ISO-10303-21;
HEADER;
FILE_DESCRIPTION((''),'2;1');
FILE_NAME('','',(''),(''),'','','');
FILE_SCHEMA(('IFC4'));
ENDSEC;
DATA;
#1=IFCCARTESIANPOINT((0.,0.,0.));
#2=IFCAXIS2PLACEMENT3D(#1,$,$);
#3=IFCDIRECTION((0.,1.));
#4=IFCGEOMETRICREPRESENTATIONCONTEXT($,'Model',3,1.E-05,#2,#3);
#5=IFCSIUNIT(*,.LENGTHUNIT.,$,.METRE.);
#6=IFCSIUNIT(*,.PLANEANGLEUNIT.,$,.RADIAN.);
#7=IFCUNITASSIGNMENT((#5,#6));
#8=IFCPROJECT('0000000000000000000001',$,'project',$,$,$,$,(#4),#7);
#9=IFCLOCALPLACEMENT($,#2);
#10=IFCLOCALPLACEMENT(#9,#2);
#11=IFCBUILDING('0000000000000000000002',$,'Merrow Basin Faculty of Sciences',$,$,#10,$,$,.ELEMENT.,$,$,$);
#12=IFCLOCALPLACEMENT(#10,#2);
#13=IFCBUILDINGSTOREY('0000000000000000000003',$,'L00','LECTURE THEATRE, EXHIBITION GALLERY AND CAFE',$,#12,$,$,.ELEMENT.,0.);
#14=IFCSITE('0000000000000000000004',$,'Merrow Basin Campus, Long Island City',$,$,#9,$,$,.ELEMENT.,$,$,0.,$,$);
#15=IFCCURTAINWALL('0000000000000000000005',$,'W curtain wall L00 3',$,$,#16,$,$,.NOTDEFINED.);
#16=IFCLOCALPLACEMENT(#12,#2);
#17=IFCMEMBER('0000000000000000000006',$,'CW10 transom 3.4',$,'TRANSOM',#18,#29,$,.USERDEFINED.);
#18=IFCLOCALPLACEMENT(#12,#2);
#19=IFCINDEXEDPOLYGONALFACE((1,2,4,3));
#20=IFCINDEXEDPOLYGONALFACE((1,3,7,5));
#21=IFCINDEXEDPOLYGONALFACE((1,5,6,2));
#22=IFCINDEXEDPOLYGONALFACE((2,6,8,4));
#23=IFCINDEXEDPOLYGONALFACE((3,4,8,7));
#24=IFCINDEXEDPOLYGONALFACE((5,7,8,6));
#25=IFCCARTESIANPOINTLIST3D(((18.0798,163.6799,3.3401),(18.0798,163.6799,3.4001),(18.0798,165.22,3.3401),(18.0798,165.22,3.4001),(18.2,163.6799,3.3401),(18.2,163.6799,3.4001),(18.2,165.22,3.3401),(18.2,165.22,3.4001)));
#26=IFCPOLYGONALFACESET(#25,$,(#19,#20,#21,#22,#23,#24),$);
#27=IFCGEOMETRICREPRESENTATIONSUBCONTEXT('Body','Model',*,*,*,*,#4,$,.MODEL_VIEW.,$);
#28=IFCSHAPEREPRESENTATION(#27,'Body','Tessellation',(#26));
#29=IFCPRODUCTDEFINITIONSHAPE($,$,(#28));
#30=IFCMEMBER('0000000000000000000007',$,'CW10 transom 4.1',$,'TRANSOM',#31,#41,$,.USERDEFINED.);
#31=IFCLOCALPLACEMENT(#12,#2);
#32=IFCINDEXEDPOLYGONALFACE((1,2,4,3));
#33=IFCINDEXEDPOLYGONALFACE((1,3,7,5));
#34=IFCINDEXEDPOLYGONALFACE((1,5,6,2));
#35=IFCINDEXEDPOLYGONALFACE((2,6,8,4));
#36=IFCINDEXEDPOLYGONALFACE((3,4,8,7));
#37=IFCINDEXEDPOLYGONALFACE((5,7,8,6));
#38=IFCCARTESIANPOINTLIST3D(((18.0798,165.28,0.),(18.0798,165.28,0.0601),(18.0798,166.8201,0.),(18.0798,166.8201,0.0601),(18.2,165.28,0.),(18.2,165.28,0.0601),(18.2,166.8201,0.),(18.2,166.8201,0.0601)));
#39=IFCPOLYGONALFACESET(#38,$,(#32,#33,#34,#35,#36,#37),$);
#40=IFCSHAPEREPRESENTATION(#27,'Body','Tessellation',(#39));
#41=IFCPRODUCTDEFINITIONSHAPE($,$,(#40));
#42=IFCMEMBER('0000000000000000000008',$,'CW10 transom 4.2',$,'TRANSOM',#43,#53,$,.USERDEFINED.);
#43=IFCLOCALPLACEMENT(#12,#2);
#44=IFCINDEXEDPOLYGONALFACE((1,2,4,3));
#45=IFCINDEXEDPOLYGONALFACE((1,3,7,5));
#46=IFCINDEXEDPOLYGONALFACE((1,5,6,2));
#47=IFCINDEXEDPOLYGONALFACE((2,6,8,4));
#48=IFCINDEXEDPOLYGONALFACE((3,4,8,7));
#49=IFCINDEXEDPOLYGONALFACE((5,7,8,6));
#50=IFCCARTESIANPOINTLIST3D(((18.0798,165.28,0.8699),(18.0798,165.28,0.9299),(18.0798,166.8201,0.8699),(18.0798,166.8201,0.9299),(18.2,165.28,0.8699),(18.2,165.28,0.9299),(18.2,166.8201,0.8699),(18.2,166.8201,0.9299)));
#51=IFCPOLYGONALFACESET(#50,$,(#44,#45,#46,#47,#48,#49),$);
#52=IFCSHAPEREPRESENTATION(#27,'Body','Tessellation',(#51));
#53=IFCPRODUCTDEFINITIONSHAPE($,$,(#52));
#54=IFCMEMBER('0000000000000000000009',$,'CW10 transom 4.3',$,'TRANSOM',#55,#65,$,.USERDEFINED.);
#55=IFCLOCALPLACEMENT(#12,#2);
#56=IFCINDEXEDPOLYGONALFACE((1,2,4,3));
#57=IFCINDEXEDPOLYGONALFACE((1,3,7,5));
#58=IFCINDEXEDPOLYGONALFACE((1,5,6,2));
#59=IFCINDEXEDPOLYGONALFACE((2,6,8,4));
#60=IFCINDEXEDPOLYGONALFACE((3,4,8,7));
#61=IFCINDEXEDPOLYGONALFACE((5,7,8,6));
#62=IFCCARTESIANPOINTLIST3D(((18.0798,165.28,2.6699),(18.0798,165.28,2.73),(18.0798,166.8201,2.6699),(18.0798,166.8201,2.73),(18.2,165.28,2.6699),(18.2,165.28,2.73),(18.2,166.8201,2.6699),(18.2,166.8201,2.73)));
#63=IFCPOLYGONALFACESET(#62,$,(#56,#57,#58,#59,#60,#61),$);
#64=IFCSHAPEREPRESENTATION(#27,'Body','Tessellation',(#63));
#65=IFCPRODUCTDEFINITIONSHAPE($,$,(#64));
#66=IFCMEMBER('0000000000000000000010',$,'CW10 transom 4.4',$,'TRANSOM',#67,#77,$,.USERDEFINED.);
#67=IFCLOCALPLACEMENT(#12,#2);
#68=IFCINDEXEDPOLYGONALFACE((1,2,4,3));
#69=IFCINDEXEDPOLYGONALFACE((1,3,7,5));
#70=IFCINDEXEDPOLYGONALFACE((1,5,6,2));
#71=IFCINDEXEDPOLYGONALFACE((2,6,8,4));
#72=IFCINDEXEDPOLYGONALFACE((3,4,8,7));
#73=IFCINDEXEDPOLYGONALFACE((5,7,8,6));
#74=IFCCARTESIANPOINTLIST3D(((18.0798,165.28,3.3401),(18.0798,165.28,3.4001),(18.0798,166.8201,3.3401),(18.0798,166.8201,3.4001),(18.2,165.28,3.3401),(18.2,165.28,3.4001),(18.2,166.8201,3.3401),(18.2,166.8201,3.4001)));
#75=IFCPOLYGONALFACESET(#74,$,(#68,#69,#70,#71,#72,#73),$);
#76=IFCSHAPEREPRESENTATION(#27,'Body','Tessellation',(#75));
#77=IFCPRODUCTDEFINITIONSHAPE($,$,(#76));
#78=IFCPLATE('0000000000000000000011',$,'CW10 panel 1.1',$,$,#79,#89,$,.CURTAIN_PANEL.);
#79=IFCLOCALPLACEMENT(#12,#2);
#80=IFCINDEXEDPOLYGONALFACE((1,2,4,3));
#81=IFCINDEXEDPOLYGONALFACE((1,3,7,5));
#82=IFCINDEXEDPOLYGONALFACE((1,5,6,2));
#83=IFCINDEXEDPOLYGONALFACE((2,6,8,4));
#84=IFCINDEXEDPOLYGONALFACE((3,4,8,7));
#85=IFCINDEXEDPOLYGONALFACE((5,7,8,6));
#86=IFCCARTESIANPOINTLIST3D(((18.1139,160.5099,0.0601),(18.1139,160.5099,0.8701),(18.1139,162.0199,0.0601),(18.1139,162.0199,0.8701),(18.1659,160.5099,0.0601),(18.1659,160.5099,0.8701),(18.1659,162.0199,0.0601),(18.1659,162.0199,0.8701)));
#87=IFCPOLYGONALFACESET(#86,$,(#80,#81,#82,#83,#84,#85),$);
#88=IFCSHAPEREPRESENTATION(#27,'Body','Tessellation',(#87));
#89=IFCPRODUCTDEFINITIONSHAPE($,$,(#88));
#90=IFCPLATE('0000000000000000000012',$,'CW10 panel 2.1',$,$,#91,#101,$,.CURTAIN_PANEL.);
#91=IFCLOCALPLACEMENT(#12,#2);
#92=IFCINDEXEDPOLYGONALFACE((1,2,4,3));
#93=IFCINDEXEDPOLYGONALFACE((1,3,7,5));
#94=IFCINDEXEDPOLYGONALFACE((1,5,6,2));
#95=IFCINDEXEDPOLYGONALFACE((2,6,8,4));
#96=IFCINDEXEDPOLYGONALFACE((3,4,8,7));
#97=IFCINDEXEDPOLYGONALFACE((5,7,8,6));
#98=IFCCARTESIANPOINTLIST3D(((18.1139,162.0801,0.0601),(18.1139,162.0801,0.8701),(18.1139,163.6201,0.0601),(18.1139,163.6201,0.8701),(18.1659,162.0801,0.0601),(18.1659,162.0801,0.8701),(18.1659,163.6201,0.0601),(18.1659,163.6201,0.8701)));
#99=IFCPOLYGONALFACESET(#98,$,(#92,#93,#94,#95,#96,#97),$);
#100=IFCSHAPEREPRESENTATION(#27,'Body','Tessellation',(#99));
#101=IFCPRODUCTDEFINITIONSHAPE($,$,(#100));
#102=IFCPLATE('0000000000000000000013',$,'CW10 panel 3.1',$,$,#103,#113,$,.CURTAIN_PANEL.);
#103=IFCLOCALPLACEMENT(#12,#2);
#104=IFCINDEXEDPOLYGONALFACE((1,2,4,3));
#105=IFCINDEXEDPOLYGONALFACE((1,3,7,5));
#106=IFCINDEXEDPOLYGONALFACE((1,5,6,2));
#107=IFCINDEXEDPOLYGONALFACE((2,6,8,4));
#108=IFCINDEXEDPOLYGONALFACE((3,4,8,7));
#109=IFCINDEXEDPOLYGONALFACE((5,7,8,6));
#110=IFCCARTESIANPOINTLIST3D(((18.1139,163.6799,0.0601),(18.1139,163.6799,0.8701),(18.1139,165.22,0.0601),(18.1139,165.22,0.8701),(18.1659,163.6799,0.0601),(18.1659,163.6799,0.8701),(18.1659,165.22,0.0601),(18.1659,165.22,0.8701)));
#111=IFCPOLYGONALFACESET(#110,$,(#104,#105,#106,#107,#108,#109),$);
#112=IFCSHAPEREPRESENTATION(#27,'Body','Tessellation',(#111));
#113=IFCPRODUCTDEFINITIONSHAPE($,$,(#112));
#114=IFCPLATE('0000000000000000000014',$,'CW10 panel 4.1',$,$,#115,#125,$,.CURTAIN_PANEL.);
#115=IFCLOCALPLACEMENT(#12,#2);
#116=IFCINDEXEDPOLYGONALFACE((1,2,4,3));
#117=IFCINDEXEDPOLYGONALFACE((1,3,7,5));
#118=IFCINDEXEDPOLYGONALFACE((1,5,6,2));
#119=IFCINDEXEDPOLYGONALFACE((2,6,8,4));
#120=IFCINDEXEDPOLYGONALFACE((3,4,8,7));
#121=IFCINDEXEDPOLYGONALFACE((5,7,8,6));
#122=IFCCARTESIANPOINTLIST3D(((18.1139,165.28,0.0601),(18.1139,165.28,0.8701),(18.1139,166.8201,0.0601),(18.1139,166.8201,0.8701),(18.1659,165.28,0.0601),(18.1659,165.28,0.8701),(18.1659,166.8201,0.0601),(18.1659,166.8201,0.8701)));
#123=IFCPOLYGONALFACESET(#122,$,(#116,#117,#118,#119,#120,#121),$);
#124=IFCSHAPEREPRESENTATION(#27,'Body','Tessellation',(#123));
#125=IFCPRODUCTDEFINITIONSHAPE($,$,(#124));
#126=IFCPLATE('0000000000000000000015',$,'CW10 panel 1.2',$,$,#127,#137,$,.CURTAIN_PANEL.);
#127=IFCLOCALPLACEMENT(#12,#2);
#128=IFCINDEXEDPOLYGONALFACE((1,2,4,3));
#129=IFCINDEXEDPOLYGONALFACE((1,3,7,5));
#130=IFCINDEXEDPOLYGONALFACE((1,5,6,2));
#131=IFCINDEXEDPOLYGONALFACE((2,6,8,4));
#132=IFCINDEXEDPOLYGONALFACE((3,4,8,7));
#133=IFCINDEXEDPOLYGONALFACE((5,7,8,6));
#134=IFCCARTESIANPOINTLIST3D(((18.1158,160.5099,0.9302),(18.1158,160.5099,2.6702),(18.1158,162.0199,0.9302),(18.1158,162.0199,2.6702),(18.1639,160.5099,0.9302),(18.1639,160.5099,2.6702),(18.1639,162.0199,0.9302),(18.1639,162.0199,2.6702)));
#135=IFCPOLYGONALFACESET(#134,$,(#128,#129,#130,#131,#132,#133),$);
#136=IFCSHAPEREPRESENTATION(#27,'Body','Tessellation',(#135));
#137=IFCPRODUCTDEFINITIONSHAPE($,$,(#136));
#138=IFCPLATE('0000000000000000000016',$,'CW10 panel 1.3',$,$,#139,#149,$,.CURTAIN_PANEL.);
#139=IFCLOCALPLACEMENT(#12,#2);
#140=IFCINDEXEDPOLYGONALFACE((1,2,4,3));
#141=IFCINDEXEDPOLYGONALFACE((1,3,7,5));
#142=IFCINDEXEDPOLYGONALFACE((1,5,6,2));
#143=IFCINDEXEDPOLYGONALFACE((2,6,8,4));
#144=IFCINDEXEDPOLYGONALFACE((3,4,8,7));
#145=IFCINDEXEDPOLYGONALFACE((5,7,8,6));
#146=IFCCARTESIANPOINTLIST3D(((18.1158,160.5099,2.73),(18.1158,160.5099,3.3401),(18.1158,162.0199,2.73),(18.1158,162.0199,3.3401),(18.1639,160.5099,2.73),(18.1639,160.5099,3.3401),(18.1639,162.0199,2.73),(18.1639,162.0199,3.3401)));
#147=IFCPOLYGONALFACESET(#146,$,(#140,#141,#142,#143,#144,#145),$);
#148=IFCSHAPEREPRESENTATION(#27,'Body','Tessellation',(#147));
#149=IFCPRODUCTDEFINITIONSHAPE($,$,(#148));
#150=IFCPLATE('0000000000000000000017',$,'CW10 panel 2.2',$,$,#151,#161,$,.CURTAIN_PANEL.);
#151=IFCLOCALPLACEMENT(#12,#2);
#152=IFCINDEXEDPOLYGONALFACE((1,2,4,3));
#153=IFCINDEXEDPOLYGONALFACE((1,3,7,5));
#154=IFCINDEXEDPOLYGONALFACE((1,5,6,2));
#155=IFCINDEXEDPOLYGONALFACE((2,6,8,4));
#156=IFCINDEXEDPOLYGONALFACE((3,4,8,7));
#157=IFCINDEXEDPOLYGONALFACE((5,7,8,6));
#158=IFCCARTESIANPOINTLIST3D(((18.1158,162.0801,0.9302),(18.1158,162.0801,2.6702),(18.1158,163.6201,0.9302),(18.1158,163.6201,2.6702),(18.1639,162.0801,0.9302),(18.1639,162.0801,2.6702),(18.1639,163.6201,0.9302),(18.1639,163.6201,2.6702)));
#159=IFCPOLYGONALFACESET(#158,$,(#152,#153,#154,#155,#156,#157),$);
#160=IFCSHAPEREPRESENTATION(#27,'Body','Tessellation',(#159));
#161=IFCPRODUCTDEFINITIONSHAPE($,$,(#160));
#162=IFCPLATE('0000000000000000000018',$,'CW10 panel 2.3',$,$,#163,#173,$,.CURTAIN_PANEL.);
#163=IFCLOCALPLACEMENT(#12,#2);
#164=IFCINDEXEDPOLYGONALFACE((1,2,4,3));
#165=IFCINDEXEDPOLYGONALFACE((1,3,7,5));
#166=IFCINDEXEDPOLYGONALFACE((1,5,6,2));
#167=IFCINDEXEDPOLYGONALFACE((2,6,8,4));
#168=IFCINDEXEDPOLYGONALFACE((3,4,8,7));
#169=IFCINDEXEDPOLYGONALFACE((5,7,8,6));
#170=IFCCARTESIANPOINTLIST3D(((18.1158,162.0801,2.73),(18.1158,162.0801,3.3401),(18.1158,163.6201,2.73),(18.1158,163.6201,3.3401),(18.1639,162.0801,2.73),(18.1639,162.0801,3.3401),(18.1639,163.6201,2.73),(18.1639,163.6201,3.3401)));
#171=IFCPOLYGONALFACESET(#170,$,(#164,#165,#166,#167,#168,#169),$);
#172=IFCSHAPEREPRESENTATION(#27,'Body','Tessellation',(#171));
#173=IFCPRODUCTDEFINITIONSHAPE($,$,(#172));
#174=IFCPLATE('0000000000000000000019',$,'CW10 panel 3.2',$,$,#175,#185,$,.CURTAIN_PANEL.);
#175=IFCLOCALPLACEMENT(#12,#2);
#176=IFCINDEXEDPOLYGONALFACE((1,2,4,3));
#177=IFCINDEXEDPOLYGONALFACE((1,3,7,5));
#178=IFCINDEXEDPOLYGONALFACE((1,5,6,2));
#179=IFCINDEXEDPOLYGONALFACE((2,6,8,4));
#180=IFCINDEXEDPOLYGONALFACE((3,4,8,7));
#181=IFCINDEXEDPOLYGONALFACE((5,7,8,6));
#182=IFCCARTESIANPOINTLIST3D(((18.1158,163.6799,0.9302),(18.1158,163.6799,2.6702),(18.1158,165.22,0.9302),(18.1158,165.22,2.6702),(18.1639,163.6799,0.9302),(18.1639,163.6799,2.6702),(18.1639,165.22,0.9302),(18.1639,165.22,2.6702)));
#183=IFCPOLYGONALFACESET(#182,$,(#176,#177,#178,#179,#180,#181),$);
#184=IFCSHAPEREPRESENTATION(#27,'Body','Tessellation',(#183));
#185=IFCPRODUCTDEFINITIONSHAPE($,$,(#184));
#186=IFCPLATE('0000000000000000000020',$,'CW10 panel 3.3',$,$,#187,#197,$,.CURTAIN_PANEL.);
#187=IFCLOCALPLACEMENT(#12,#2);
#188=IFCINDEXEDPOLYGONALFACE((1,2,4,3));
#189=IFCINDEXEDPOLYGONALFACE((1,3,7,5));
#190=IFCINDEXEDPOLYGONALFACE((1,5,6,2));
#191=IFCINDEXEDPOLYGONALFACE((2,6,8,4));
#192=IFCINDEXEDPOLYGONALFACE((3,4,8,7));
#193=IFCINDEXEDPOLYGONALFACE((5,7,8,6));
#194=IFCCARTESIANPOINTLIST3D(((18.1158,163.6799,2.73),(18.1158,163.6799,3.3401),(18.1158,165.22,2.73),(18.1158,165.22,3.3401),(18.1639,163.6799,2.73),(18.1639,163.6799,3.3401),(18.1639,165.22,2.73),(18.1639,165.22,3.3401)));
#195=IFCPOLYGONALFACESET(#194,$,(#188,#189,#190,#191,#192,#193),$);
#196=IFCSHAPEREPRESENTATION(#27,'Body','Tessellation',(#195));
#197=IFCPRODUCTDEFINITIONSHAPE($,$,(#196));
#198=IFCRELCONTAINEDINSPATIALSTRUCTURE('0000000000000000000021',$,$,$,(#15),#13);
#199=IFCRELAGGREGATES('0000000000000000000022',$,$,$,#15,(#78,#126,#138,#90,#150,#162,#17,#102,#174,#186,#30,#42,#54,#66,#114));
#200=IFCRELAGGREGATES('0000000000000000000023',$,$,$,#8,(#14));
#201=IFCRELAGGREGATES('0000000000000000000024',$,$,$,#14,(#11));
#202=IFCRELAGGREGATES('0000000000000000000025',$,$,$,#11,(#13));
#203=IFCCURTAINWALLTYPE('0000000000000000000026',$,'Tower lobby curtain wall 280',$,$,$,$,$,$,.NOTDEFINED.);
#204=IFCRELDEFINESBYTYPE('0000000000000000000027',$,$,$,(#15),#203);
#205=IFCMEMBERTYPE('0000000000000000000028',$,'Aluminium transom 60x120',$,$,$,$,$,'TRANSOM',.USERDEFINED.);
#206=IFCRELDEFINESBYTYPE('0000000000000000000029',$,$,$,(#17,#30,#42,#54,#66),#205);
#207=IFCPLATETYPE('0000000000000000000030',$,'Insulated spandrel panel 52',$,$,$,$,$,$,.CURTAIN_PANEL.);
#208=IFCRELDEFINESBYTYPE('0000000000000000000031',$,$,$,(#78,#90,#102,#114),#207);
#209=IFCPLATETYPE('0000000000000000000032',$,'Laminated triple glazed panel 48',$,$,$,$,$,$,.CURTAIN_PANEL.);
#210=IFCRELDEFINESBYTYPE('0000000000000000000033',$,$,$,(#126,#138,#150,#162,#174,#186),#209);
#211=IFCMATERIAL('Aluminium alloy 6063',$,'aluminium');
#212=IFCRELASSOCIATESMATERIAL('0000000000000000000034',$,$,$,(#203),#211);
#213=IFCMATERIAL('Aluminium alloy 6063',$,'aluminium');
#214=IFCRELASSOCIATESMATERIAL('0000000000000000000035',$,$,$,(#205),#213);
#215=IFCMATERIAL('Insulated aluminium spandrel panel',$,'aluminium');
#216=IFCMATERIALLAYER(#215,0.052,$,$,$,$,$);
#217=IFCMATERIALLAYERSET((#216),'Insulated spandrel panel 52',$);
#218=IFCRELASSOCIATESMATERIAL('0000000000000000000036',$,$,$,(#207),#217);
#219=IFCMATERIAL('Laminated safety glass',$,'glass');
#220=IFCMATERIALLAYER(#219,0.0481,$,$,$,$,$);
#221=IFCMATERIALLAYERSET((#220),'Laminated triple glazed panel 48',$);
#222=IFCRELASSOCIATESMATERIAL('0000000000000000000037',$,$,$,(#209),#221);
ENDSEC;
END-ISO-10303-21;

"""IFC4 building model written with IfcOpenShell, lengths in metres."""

from ifc_helpers import new_model, si_unit, direction, frame, origin, origin_2d, place, context, subcontext, project, spatial, rectangle, extrude, material, layer, layer_set, material_profile, profile_set, type_object, element, aggregate, save


model = new_model("IFC4")

# Units and contexts
model_context = context("Model", 3, precision=1e-05, world=origin(), true_north=direction((0.0, 1.0)))
body_context = subcontext(model_context, "Body", "Model", "MODEL_VIEW")
ifc_project = project(units=[si_unit("LENGTHUNIT", "METRE"), si_unit("PLANEANGLEUNIT", "RADIAN")], contexts=[model_context])

# Site, building, storey
site_placement = place(None, origin())
site = spatial("IfcSite", under=ifc_project, at=site_placement, Name="Merrow Basin Campus, Long Island City", CompositionType="ELEMENT", RefElevation=0.0)
building_placement = place(site_placement, origin())
building = spatial("IfcBuilding", under=site, at=building_placement, Name="Merrow Basin Faculty of Sciences", CompositionType="ELEMENT")
storey_placement = place(building_placement, origin())
storey = spatial("IfcBuildingStorey", under=building, at=storey_placement, Name="L00", Description="LECTURE THEATRE, EXHIBITION GALLERY AND CAFE", CompositionType="ELEMENT", Elevation=0.0)

# Curtain wall, members, plates
ifc_material_1 = material(Name="Aluminium alloy 6063", Category="aluminium")
curtain_wall_type = type_object("IfcCurtainWallType", Name="Tower lobby curtain wall 280", PredefinedType="NOTDEFINED", material=ifc_material_1)
curtain_wall_placement = place(storey_placement, origin())
curtain_wall = element("IfcCurtainWall", 1, at=curtain_wall_placement, inside=storey, type_object=curtain_wall_type, Name="W curtain wall L00 3", PredefinedType="NOTDEFINED")
ifc_material_2 = material(Name="Aluminium alloy 6063", Category="aluminium")
ifc_material_profile_1 = material_profile(ifc_material_2, rectangle(XDim=0.1201, YDim=0.0601, at=origin_2d()))
ifc_profile_set_1 = profile_set([ifc_material_profile_1], Name="Aluminium alloy 6063")
member_type_1 = type_object("IfcMemberType", Name="Aluminium transom 60x120", ElementType="TRANSOM", PredefinedType="USERDEFINED", material=ifc_profile_set_1)
member_1_placement = place(storey_placement, frame((18.1399, 163.6799, 3.3701), z_axis=(0.0, 1.0, 0.0), x_axis=(-1.0, 0.0, 0.0)))
member_1 = element("IfcMember", 2, at=member_1_placement, type_object=member_type_1, Name="CW10 transom 3.4", ObjectType="TRANSOM", PredefinedType="USERDEFINED", context=body_context, shape_type="SweptSolid", body=[
    extrude(rectangle(XDim=0.1201, YDim=0.0601, at=origin_2d()), origin(), (0.0, 0.0, 1.0), 1.54),
])
member_2_placement = place(storey_placement, frame((18.1399, 165.28, 0.03), z_axis=(0.0, 1.0, 0.0), x_axis=(-1.0, 0.0, 0.0)))
member_2 = element("IfcMember", 3, at=member_2_placement, type_object=member_type_1, Name="CW10 transom 4.1", ObjectType="TRANSOM", PredefinedType="USERDEFINED", context=body_context, shape_type="SweptSolid", body=[
    extrude(rectangle(XDim=0.1201, YDim=0.0601, at=origin_2d()), origin(), (0.0, 0.0, 1.0), 1.54),
])
member_3_placement = place(storey_placement, frame((18.1399, 165.28, 0.8999), z_axis=(0.0, 1.0, 0.0), x_axis=(-1.0, 0.0, 0.0)))
member_3 = element("IfcMember", 4, at=member_3_placement, type_object=member_type_1, Name="CW10 transom 4.2", ObjectType="TRANSOM", PredefinedType="USERDEFINED", context=body_context, shape_type="SweptSolid", body=[
    extrude(rectangle(XDim=0.1201, YDim=0.0601, at=origin_2d()), origin(), (0.0, 0.0, 1.0), 1.54),
])
member_4_placement = place(storey_placement, frame((18.1399, 165.28, 2.7), z_axis=(0.0, 1.0, 0.0), x_axis=(-1.0, 0.0, 0.0)))
member_4 = element("IfcMember", 5, at=member_4_placement, type_object=member_type_1, Name="CW10 transom 4.3", ObjectType="TRANSOM", PredefinedType="USERDEFINED", context=body_context, shape_type="SweptSolid", body=[
    extrude(rectangle(XDim=0.1201, YDim=0.0601, at=origin_2d()), origin(), (0.0, 0.0, 1.0), 1.54),
])
member_5_placement = place(storey_placement, frame((18.1399, 165.28, 3.3701), z_axis=(0.0, 1.0, 0.0), x_axis=(-1.0, 0.0, 0.0)))
member_5 = element("IfcMember", 6, at=member_5_placement, type_object=member_type_1, Name="CW10 transom 4.4", ObjectType="TRANSOM", PredefinedType="USERDEFINED", context=body_context, shape_type="SweptSolid", body=[
    extrude(rectangle(XDim=0.1201, YDim=0.0601, at=origin_2d()), origin(), (0.0, 0.0, 1.0), 1.54),
])
ifc_material_3 = material(Name="Insulated aluminium spandrel panel", Category="aluminium")
ifc_layer_1 = layer(ifc_material_3, 0.052)
ifc_layer_set_1 = layer_set([ifc_layer_1], Name="Insulated spandrel panel 52")
plate_type_1 = type_object("IfcPlateType", Name="Insulated spandrel panel 52", PredefinedType="CURTAIN_PANEL", material=ifc_layer_set_1)
plate_1_placement = place(storey_placement, frame((18.1399, 161.2649, 0.0601), z_axis=(0.0, 0.0, 1.0), x_axis=(0.0, 1.0, 0.0)))
plate_1 = element("IfcPlate", 7, at=plate_1_placement, type_object=plate_type_1, Name="CW10 panel 1.1", PredefinedType="CURTAIN_PANEL", context=body_context, shape_type="SweptSolid", body=[
    extrude(rectangle(XDim=1.51, YDim=0.052, at=origin_2d()), origin(), (0.0, 0.0, 1.0), 0.8101),
])
plate_2_placement = place(storey_placement, frame((18.1399, 162.8501, 0.0601), z_axis=(0.0, 0.0, 1.0), x_axis=(0.0, 1.0, 0.0)))
plate_2 = element("IfcPlate", 8, at=plate_2_placement, type_object=plate_type_1, Name="CW10 panel 2.1", PredefinedType="CURTAIN_PANEL", context=body_context, shape_type="SweptSolid", body=[
    extrude(rectangle(XDim=1.54, YDim=0.052, at=origin_2d()), origin(), (0.0, 0.0, 1.0), 0.8101),
])
plate_3_placement = place(storey_placement, frame((18.1399, 164.45, 0.0601), z_axis=(0.0, 0.0, 1.0), x_axis=(0.0, 1.0, 0.0)))
plate_3 = element("IfcPlate", 9, at=plate_3_placement, type_object=plate_type_1, Name="CW10 panel 3.1", PredefinedType="CURTAIN_PANEL", context=body_context, shape_type="SweptSolid", body=[
    extrude(rectangle(XDim=1.54, YDim=0.052, at=origin_2d()), origin(), (0.0, 0.0, 1.0), 0.8101),
])
plate_4_placement = place(storey_placement, frame((18.1399, 166.05, 0.0601), z_axis=(0.0, 0.0, 1.0), x_axis=(0.0, 1.0, 0.0)))
plate_4 = element("IfcPlate", 10, at=plate_4_placement, type_object=plate_type_1, Name="CW10 panel 4.1", PredefinedType="CURTAIN_PANEL", context=body_context, shape_type="SweptSolid", body=[
    extrude(rectangle(XDim=1.54, YDim=0.052, at=origin_2d()), origin(), (0.0, 0.0, 1.0), 0.8101),
])
ifc_material_4 = material(Name="Laminated safety glass", Category="glass")
ifc_layer_2 = layer(ifc_material_4, 0.0481)
ifc_layer_set_2 = layer_set([ifc_layer_2], Name="Laminated triple glazed panel 48")
plate_type_2 = type_object("IfcPlateType", Name="Laminated triple glazed panel 48", PredefinedType="CURTAIN_PANEL", material=ifc_layer_set_2)
plate_5_placement = place(storey_placement, frame((18.1399, 161.2649, 0.9302), z_axis=(0.0, 0.0, 1.0), x_axis=(0.0, 1.0, 0.0)))
plate_5 = element("IfcPlate", 11, at=plate_5_placement, type_object=plate_type_2, Name="CW10 panel 1.2", PredefinedType="CURTAIN_PANEL", context=body_context, shape_type="SweptSolid", body=[
    extrude(rectangle(XDim=1.51, YDim=0.0481, at=origin_2d()), origin(), (0.0, 0.0, 1.0), 1.74),
])
plate_6_placement = place(storey_placement, frame((18.1399, 161.2649, 2.73), z_axis=(0.0, 0.0, 1.0), x_axis=(0.0, 1.0, 0.0)))
plate_6 = element("IfcPlate", 12, at=plate_6_placement, type_object=plate_type_2, Name="CW10 panel 1.3", PredefinedType="CURTAIN_PANEL", context=body_context, shape_type="SweptSolid", body=[
    extrude(rectangle(XDim=1.51, YDim=0.0481, at=origin_2d()), origin(), (0.0, 0.0, 1.0), 0.6101),
])
plate_7_placement = place(storey_placement, frame((18.1399, 162.8501, 0.9302), z_axis=(0.0, 0.0, 1.0), x_axis=(0.0, 1.0, 0.0)))
plate_7 = element("IfcPlate", 13, at=plate_7_placement, type_object=plate_type_2, Name="CW10 panel 2.2", PredefinedType="CURTAIN_PANEL", context=body_context, shape_type="SweptSolid", body=[
    extrude(rectangle(XDim=1.54, YDim=0.0481, at=origin_2d()), origin(), (0.0, 0.0, 1.0), 1.74),
])
plate_8_placement = place(storey_placement, frame((18.1399, 162.8501, 2.73), z_axis=(0.0, 0.0, 1.0), x_axis=(0.0, 1.0, 0.0)))
plate_8 = element("IfcPlate", 14, at=plate_8_placement, type_object=plate_type_2, Name="CW10 panel 2.3", PredefinedType="CURTAIN_PANEL", context=body_context, shape_type="SweptSolid", body=[
    extrude(rectangle(XDim=1.54, YDim=0.0481, at=origin_2d()), origin(), (0.0, 0.0, 1.0), 0.6101),
])
plate_9_placement = place(storey_placement, frame((18.1399, 164.45, 0.9302), z_axis=(0.0, 0.0, 1.0), x_axis=(0.0, 1.0, 0.0)))
plate_9 = element("IfcPlate", 15, at=plate_9_placement, type_object=plate_type_2, Name="CW10 panel 3.2", PredefinedType="CURTAIN_PANEL", context=body_context, shape_type="SweptSolid", body=[
    extrude(rectangle(XDim=1.54, YDim=0.0481, at=origin_2d()), origin(), (0.0, 0.0, 1.0), 1.74),
])
plate_10_placement = place(storey_placement, frame((18.1399, 164.45, 2.73), z_axis=(0.0, 0.0, 1.0), x_axis=(0.0, 1.0, 0.0)))
plate_10 = element("IfcPlate", 16, at=plate_10_placement, type_object=plate_type_2, Name="CW10 panel 3.3", PredefinedType="CURTAIN_PANEL", context=body_context, shape_type="SweptSolid", body=[
    extrude(rectangle(XDim=1.54, YDim=0.0481, at=origin_2d()), origin(), (0.0, 0.0, 1.0), 0.6101),
])
aggregate(curtain_wall, [plate_1, plate_5, plate_6, plate_2, plate_7, plate_8, member_1, plate_3, plate_9, plate_10, member_2, member_3, member_4, member_5, plate_4])

save(model, "model.ifc")
